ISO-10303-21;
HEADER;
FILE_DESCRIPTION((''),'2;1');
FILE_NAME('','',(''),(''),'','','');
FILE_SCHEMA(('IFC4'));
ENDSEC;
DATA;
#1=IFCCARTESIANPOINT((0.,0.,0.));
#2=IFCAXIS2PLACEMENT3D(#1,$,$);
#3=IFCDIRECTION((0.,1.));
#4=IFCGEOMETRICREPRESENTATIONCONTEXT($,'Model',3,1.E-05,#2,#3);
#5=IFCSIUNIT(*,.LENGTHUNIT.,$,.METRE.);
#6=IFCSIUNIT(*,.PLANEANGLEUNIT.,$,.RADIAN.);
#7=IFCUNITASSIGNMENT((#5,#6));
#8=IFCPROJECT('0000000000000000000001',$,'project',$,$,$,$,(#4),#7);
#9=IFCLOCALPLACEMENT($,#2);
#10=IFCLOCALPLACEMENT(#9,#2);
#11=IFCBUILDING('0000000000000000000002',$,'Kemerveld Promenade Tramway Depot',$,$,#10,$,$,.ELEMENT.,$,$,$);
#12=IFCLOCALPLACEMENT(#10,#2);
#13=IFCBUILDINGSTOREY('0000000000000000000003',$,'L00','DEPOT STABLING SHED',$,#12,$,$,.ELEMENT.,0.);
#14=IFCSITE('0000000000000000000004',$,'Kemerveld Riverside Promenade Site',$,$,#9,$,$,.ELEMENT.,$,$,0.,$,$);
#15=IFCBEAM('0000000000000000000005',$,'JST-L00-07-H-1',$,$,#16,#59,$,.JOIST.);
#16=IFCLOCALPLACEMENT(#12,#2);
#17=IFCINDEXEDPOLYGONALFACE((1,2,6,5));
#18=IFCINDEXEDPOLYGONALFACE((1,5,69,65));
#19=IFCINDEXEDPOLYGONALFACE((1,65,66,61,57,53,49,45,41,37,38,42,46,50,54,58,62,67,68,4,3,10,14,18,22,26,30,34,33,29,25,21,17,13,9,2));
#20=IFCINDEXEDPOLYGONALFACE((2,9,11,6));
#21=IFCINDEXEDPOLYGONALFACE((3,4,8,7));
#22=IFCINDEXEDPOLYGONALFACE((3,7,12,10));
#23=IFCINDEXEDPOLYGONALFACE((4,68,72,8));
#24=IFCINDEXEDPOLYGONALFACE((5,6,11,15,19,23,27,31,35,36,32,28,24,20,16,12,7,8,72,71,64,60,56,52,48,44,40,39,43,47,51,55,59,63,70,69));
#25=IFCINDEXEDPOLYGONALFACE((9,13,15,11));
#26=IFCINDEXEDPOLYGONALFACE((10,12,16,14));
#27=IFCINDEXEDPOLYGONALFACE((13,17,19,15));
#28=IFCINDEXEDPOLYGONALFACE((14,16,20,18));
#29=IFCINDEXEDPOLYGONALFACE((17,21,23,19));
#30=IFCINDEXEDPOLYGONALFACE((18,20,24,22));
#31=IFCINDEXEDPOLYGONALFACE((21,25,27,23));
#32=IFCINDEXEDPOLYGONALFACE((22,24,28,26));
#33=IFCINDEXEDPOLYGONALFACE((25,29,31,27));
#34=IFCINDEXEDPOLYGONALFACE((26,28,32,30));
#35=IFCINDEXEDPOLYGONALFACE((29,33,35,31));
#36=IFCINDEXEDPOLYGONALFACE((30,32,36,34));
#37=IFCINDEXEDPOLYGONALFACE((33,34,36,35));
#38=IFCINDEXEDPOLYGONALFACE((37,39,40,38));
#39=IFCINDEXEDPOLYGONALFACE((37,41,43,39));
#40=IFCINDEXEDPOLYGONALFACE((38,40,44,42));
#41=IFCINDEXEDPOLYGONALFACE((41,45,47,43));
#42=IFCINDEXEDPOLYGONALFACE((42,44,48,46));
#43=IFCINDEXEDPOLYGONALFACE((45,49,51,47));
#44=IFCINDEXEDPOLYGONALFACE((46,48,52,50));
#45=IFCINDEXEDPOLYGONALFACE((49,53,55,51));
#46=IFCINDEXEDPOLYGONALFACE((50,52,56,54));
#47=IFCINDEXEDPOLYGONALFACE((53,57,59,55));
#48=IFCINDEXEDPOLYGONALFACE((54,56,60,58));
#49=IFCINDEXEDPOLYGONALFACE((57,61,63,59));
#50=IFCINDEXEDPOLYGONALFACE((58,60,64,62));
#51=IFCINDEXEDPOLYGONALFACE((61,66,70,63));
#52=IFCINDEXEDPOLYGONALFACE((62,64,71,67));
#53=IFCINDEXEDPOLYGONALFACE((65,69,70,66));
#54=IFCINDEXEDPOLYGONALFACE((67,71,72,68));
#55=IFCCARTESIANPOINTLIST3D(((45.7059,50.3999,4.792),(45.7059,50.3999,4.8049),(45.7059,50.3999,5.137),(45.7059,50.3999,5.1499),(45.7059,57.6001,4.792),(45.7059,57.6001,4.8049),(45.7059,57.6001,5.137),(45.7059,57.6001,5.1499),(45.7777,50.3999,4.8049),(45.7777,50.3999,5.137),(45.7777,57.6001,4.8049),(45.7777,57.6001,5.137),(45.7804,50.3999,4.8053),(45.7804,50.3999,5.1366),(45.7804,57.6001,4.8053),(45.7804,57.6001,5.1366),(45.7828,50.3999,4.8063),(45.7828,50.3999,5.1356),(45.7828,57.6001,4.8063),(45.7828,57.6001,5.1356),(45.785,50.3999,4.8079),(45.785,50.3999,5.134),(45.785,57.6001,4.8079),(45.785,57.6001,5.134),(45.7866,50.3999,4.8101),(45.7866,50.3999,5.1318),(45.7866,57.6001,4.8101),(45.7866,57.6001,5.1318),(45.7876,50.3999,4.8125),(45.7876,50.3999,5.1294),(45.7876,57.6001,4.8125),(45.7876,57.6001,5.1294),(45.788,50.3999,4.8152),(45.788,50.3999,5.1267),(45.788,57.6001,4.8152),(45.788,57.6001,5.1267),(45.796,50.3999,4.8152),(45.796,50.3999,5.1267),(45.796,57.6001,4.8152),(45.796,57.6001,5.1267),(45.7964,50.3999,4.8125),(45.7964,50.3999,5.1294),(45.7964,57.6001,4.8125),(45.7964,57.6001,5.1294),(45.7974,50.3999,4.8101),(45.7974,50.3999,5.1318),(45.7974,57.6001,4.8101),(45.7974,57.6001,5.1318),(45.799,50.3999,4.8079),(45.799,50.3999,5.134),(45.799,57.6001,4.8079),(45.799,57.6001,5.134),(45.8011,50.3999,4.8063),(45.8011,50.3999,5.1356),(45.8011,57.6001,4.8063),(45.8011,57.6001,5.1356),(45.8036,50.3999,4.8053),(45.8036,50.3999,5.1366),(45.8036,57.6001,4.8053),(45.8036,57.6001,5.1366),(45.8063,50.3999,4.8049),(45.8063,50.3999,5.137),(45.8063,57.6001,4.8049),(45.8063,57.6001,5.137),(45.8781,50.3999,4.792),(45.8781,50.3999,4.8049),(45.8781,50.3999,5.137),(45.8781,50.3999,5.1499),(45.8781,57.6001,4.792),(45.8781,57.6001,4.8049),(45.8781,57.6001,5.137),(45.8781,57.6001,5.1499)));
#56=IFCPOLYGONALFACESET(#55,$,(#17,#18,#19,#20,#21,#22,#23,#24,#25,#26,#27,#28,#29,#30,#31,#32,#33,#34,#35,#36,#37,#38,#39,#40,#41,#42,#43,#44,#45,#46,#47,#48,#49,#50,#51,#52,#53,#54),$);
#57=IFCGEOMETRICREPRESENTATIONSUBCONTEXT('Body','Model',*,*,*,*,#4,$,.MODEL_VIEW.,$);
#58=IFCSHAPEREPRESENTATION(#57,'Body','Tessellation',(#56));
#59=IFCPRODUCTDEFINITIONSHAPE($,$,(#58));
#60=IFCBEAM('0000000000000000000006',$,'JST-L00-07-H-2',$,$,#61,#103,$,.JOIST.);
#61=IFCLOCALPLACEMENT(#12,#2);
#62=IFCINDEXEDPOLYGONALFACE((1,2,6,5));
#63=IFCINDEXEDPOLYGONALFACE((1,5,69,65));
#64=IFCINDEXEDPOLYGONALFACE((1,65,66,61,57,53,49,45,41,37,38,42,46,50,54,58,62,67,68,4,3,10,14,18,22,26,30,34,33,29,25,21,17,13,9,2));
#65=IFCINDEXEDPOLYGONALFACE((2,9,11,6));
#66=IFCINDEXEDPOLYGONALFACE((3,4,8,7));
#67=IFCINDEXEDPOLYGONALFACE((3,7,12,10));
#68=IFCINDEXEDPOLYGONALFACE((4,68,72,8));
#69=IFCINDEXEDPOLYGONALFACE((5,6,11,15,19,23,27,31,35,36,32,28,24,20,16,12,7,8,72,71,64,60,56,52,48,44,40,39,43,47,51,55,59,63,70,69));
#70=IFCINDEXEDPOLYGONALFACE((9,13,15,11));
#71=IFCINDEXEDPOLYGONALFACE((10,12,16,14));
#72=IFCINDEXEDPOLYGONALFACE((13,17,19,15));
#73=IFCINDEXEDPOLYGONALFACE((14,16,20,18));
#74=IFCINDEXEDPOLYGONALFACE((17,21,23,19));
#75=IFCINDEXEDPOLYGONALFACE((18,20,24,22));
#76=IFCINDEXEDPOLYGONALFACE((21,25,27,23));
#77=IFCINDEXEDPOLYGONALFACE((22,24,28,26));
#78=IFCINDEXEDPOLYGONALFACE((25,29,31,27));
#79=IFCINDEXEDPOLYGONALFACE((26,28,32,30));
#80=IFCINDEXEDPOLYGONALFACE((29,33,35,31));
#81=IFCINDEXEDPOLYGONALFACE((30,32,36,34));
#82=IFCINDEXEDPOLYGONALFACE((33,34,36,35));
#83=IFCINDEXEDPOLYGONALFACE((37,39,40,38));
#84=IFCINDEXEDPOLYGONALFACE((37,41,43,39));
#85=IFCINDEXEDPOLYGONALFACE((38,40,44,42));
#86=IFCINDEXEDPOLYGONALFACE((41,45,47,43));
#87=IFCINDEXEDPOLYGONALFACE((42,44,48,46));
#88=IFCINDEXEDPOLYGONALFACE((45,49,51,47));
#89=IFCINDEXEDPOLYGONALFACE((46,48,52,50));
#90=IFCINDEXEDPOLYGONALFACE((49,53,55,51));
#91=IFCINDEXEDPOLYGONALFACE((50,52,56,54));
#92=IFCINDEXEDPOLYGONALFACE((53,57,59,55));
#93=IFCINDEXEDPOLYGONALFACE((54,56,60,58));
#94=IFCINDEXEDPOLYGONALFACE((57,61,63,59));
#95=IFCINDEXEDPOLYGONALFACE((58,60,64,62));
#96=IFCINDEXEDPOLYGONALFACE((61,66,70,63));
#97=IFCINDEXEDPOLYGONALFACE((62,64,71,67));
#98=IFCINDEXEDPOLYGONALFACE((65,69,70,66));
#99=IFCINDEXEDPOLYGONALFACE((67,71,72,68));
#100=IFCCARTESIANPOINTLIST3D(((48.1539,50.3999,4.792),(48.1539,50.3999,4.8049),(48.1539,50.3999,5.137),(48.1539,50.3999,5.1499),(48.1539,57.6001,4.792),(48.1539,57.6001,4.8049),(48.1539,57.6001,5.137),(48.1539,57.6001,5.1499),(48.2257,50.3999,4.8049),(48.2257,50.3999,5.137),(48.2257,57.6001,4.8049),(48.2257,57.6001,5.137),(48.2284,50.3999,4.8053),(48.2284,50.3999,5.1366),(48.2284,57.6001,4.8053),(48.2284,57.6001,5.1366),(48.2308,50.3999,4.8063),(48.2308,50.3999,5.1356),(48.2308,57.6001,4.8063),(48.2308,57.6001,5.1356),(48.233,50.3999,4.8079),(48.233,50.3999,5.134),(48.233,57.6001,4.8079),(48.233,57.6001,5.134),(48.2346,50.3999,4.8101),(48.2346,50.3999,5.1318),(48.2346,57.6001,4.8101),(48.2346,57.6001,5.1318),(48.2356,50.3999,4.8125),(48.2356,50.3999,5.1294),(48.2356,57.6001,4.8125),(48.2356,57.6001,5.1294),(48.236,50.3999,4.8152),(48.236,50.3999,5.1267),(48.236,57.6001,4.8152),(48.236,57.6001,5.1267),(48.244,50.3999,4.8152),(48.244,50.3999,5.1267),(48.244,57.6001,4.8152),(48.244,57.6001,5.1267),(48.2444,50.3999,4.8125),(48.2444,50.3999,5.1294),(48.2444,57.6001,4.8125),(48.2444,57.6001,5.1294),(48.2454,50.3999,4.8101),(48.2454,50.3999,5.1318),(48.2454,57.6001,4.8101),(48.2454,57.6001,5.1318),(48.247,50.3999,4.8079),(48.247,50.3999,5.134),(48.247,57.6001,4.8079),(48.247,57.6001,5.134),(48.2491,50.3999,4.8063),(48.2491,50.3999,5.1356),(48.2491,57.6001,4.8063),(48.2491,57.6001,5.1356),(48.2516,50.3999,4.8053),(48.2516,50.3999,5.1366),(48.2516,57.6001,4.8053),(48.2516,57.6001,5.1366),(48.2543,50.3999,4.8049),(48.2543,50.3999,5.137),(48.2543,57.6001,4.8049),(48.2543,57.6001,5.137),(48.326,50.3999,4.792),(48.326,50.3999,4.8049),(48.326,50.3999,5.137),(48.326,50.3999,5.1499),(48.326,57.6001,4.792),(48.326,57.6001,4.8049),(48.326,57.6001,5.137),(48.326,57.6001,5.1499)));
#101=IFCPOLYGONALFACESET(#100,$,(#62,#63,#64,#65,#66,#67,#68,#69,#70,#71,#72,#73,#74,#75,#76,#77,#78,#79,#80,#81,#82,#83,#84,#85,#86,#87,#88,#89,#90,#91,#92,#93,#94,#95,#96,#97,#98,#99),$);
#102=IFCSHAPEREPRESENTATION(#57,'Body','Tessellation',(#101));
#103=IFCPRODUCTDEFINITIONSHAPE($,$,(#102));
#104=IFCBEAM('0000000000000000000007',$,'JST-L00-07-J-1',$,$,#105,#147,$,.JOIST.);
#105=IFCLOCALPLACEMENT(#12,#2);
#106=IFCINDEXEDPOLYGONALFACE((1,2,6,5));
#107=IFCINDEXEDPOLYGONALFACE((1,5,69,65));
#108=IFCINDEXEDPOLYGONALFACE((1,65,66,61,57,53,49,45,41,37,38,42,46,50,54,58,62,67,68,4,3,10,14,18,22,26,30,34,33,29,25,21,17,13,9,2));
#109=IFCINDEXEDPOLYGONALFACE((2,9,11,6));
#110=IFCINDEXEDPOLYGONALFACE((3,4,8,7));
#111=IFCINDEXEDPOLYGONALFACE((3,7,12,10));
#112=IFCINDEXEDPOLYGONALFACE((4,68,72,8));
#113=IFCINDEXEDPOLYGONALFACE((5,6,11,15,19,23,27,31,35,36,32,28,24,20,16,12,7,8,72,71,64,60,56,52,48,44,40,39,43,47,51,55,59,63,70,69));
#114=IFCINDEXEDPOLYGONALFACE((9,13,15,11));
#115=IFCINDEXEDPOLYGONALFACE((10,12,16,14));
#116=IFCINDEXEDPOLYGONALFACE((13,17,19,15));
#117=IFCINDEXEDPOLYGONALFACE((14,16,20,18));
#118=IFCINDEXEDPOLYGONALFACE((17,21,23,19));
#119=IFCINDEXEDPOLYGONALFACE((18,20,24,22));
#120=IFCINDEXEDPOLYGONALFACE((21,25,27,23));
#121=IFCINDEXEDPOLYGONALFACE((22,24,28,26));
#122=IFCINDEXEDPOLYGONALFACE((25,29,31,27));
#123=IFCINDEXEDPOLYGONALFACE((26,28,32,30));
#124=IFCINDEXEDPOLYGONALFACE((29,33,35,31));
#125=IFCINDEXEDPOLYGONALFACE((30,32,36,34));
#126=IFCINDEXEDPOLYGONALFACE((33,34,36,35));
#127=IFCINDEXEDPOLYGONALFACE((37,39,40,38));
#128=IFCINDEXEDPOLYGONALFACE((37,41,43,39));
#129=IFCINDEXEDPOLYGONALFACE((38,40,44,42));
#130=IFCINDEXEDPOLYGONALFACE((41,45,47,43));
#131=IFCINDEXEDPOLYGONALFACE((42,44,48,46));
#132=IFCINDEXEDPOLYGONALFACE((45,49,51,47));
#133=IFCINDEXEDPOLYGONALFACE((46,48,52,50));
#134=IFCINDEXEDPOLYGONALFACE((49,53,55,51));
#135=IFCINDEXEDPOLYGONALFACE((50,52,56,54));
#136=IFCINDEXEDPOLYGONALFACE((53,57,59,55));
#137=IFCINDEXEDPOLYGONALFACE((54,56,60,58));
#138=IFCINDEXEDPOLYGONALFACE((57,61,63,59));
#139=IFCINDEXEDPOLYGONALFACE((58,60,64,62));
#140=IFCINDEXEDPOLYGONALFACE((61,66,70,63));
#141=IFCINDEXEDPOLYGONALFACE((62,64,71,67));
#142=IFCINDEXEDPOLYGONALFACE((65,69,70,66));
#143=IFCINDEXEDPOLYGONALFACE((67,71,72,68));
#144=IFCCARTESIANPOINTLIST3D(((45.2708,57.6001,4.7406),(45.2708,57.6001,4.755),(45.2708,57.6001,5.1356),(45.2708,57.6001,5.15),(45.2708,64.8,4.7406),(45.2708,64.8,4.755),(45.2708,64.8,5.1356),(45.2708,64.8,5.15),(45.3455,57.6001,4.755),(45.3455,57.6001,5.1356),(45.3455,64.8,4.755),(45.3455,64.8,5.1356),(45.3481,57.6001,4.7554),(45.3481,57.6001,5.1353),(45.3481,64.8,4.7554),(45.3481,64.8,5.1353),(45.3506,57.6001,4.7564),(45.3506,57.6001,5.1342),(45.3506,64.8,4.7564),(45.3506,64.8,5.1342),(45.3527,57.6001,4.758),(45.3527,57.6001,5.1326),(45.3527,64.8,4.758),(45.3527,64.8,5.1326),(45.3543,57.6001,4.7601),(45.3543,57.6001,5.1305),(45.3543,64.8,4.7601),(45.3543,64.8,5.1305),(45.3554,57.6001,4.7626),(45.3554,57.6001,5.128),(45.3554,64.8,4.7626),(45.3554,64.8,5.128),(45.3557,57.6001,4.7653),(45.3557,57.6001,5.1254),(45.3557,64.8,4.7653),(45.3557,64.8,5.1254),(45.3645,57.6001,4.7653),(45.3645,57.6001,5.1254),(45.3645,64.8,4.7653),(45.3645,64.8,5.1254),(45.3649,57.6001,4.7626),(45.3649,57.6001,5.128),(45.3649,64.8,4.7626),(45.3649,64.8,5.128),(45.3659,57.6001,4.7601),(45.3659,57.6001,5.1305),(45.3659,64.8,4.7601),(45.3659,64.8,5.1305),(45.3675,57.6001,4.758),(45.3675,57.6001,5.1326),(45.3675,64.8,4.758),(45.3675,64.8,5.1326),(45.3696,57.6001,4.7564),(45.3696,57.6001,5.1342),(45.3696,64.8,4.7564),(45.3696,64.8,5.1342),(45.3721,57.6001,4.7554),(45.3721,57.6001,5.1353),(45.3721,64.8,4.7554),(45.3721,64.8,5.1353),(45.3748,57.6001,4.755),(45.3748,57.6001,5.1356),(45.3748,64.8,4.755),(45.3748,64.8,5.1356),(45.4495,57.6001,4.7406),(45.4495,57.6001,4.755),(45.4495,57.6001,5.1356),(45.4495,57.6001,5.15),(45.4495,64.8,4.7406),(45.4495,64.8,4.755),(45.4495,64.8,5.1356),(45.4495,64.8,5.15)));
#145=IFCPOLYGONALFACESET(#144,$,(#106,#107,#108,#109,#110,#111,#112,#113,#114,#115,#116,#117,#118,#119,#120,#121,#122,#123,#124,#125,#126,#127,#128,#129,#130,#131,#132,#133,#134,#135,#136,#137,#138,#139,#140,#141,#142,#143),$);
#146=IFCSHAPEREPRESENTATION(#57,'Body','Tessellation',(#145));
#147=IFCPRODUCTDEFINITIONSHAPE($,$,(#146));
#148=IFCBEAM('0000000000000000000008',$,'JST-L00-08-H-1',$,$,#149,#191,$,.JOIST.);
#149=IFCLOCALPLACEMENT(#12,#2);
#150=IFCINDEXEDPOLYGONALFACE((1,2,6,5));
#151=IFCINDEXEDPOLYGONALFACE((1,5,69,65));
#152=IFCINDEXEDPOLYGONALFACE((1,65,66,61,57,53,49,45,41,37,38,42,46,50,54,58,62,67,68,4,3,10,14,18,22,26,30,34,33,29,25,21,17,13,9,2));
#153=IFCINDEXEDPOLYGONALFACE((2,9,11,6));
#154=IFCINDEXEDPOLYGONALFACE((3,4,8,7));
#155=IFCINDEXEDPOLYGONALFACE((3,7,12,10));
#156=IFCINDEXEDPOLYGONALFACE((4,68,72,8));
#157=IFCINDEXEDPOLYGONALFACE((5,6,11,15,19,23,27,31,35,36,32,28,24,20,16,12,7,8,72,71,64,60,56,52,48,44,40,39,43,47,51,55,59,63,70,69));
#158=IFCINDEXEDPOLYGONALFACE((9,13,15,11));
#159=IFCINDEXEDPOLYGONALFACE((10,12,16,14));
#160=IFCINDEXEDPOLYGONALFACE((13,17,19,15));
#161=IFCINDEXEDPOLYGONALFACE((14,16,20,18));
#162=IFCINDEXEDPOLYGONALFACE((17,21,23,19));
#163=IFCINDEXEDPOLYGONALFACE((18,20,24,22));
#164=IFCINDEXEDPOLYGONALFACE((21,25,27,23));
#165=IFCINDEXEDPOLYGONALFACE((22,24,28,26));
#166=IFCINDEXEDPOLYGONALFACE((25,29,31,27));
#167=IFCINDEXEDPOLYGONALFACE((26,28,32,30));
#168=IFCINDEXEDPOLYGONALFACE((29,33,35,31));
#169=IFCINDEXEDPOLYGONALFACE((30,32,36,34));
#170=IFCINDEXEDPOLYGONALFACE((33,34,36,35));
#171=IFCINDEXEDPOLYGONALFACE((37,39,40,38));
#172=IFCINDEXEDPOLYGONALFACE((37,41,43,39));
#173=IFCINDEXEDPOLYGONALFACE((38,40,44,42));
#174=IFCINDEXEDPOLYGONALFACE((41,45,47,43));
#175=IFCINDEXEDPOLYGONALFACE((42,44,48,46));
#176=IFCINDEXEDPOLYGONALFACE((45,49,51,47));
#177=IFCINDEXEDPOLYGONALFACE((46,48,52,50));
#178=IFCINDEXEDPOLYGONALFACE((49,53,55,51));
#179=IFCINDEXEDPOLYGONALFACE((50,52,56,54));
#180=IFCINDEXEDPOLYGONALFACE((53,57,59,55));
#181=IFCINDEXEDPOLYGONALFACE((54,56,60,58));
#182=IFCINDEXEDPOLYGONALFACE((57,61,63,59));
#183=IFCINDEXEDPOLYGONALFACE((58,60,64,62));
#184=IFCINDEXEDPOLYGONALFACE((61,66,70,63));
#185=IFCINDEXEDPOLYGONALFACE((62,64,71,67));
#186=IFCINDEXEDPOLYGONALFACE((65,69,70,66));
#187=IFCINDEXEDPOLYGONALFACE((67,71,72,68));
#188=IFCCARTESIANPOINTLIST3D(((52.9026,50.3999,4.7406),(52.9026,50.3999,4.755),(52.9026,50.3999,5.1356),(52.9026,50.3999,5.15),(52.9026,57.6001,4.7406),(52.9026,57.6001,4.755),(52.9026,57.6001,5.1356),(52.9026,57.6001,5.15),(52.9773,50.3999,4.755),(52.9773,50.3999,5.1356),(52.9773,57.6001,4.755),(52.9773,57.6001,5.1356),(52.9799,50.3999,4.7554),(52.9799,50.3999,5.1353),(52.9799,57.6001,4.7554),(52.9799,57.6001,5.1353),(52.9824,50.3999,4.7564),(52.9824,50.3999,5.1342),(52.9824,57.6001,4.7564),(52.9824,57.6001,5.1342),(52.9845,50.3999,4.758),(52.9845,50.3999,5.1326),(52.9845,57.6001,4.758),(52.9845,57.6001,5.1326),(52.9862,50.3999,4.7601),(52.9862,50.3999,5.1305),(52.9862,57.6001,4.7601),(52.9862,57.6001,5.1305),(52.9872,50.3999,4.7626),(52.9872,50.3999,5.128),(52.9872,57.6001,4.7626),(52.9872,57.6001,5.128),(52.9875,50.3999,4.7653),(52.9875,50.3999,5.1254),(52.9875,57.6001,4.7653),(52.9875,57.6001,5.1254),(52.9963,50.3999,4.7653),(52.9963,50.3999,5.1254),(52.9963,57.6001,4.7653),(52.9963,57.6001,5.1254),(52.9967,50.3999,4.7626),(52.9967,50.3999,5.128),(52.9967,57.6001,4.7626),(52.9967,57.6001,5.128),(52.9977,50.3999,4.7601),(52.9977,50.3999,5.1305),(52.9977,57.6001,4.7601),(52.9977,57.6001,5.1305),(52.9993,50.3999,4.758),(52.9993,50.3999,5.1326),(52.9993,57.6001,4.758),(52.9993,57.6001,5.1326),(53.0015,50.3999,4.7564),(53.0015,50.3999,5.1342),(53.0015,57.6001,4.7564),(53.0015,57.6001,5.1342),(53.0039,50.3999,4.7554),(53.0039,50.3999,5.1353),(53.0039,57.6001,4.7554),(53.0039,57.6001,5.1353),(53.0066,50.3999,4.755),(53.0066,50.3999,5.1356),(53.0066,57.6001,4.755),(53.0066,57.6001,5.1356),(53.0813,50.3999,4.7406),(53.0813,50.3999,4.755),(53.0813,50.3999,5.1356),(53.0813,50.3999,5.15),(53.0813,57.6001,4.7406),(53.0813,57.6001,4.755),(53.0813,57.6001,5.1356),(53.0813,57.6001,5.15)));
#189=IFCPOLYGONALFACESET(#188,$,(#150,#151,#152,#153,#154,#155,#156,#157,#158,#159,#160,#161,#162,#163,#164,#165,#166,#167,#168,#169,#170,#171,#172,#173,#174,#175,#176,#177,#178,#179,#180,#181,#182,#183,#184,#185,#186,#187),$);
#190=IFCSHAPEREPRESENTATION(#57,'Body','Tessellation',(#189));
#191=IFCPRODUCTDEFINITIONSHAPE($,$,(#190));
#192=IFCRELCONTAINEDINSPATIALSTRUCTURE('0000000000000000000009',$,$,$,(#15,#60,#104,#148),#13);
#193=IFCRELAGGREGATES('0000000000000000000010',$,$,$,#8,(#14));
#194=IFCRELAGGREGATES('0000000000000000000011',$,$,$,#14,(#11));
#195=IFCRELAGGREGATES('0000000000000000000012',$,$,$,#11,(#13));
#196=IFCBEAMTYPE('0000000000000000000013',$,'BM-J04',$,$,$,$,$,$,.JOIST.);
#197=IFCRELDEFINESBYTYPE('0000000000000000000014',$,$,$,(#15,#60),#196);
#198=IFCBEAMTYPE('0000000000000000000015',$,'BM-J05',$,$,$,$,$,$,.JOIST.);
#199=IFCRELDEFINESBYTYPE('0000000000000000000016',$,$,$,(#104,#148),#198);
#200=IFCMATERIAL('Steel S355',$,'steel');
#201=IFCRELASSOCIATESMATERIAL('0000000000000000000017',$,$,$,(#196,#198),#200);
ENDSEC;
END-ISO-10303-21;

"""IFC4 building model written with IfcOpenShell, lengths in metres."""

from ifc_helpers import new_model, si_unit, direction, frame, origin, origin_2d, place, context, subcontext, project, spatial, i_section, extrude, material, material_profile, profile_set, type_object, element, save


model = new_model("IFC4")

# Units and contexts
model_context = context("Model", 3, precision=1e-05, world=origin(), true_north=direction((0.0, 1.0)))
body_context = subcontext(model_context, "Body", "Model", "MODEL_VIEW")
ifc_project = project(units=[si_unit("LENGTHUNIT", "METRE"), si_unit("PLANEANGLEUNIT", "RADIAN")], contexts=[model_context])

# Site, building, storey
site_placement = place(None, origin())
site = spatial("IfcSite", under=ifc_project, at=site_placement, Name="Kemerveld Riverside Promenade Site", CompositionType="ELEMENT", RefElevation=0.0)
building_placement = place(site_placement, origin())
building = spatial("IfcBuilding", under=site, at=building_placement, Name="Kemerveld Promenade Tramway Depot", CompositionType="ELEMENT")
storey_placement = place(building_placement, origin())
storey = spatial("IfcBuildingStorey", under=building, at=storey_placement, Name="L00", Description="DEPOT STABLING SHED", CompositionType="ELEMENT", Elevation=0.0)

# Shared definitions
ifc_material_1 = material(Name="Steel S355", Category="steel")

# Beams
ifc_material_profile_1 = material_profile(ifc_material_1, i_section(OverallWidth=0.1721, OverallDepth=0.3579, WebThickness=0.0081, FlangeThickness=0.0129, FilletRadius=0.0103, at=origin_2d()), Name="356x171x57 UB")
ifc_profile_set_1 = profile_set([ifc_material_profile_1], Name="Steel S355")
beam_type_1 = type_object("IfcBeamType", Name="BM-J04", PredefinedType="JOIST", material=ifc_profile_set_1)
for number, where, z_axis, x_axis, name in (
    (1, (45.792, 50.3999, 4.9709), (0.0, 1.0, 0.0), (-1.0, 0.0, 0.0), "JST-L00-07-H-1"),
    (2, (48.24, 50.3999, 4.9709), (0.0, 1.0, 0.0), (-1.0, 0.0, 0.0), "JST-L00-07-H-2"),
):
    element("IfcBeam", number, at=place(storey_placement, frame(where, z_axis=z_axis, x_axis=x_axis)), inside=storey, type_object=beam_type_1, Name=name, PredefinedType="JOIST", context=body_context, shape_type="SweptSolid", body=[
        extrude(i_section(OverallWidth=0.1721, OverallDepth=0.3579, WebThickness=0.0081, FlangeThickness=0.0129, FilletRadius=0.0103, at=origin_2d()), origin(), (0.0, 0.0, 1.0), 7.2002),
    ])
ifc_material_profile_2 = material_profile(ifc_material_1, i_section(OverallWidth=0.1787, OverallDepth=0.4094, WebThickness=0.0088, FlangeThickness=0.0144, FilletRadius=0.0103, at=origin_2d()), Name="406x178x67 UB")
ifc_profile_set_2 = profile_set([ifc_material_profile_2], Name="Steel S355")
beam_type_2 = type_object("IfcBeamType", Name="BM-J05", PredefinedType="JOIST", material=ifc_profile_set_2)
beam_1_placement = place(storey_placement, frame((45.3601, 57.6001, 4.9453), z_axis=(0.0, 1.0, 0.0), x_axis=(-1.0, 0.0, 0.0)))
element("IfcBeam", 3, at=beam_1_placement, inside=storey, type_object=beam_type_2, Name="JST-L00-07-J-1", PredefinedType="JOIST", context=body_context, shape_type="SweptSolid", body=[
    extrude(i_section(OverallWidth=0.1787, OverallDepth=0.4094, WebThickness=0.0088, FlangeThickness=0.0144, FilletRadius=0.0103, at=origin_2d()), origin(), (0.0, 0.0, 1.0), 7.2),
])
for number, where, z_axis, x_axis, name in (
    (4, (52.9919, 50.3999, 4.9453), (0.0, 1.0, 0.0), (-1.0, 0.0, 0.0), "JST-L00-08-H-1"),
):
    element("IfcBeam", number, at=place(storey_placement, frame(where, z_axis=z_axis, x_axis=x_axis)), inside=storey, type_object=beam_type_2, Name=name, PredefinedType="JOIST", context=body_context, shape_type="SweptSolid", body=[
        extrude(i_section(OverallWidth=0.1787, OverallDepth=0.4094, WebThickness=0.0088, FlangeThickness=0.0144, FilletRadius=0.0103, at=origin_2d()), origin(), (0.0, 0.0, 1.0), 7.2002),
    ])

save(model, "model.ifc")
